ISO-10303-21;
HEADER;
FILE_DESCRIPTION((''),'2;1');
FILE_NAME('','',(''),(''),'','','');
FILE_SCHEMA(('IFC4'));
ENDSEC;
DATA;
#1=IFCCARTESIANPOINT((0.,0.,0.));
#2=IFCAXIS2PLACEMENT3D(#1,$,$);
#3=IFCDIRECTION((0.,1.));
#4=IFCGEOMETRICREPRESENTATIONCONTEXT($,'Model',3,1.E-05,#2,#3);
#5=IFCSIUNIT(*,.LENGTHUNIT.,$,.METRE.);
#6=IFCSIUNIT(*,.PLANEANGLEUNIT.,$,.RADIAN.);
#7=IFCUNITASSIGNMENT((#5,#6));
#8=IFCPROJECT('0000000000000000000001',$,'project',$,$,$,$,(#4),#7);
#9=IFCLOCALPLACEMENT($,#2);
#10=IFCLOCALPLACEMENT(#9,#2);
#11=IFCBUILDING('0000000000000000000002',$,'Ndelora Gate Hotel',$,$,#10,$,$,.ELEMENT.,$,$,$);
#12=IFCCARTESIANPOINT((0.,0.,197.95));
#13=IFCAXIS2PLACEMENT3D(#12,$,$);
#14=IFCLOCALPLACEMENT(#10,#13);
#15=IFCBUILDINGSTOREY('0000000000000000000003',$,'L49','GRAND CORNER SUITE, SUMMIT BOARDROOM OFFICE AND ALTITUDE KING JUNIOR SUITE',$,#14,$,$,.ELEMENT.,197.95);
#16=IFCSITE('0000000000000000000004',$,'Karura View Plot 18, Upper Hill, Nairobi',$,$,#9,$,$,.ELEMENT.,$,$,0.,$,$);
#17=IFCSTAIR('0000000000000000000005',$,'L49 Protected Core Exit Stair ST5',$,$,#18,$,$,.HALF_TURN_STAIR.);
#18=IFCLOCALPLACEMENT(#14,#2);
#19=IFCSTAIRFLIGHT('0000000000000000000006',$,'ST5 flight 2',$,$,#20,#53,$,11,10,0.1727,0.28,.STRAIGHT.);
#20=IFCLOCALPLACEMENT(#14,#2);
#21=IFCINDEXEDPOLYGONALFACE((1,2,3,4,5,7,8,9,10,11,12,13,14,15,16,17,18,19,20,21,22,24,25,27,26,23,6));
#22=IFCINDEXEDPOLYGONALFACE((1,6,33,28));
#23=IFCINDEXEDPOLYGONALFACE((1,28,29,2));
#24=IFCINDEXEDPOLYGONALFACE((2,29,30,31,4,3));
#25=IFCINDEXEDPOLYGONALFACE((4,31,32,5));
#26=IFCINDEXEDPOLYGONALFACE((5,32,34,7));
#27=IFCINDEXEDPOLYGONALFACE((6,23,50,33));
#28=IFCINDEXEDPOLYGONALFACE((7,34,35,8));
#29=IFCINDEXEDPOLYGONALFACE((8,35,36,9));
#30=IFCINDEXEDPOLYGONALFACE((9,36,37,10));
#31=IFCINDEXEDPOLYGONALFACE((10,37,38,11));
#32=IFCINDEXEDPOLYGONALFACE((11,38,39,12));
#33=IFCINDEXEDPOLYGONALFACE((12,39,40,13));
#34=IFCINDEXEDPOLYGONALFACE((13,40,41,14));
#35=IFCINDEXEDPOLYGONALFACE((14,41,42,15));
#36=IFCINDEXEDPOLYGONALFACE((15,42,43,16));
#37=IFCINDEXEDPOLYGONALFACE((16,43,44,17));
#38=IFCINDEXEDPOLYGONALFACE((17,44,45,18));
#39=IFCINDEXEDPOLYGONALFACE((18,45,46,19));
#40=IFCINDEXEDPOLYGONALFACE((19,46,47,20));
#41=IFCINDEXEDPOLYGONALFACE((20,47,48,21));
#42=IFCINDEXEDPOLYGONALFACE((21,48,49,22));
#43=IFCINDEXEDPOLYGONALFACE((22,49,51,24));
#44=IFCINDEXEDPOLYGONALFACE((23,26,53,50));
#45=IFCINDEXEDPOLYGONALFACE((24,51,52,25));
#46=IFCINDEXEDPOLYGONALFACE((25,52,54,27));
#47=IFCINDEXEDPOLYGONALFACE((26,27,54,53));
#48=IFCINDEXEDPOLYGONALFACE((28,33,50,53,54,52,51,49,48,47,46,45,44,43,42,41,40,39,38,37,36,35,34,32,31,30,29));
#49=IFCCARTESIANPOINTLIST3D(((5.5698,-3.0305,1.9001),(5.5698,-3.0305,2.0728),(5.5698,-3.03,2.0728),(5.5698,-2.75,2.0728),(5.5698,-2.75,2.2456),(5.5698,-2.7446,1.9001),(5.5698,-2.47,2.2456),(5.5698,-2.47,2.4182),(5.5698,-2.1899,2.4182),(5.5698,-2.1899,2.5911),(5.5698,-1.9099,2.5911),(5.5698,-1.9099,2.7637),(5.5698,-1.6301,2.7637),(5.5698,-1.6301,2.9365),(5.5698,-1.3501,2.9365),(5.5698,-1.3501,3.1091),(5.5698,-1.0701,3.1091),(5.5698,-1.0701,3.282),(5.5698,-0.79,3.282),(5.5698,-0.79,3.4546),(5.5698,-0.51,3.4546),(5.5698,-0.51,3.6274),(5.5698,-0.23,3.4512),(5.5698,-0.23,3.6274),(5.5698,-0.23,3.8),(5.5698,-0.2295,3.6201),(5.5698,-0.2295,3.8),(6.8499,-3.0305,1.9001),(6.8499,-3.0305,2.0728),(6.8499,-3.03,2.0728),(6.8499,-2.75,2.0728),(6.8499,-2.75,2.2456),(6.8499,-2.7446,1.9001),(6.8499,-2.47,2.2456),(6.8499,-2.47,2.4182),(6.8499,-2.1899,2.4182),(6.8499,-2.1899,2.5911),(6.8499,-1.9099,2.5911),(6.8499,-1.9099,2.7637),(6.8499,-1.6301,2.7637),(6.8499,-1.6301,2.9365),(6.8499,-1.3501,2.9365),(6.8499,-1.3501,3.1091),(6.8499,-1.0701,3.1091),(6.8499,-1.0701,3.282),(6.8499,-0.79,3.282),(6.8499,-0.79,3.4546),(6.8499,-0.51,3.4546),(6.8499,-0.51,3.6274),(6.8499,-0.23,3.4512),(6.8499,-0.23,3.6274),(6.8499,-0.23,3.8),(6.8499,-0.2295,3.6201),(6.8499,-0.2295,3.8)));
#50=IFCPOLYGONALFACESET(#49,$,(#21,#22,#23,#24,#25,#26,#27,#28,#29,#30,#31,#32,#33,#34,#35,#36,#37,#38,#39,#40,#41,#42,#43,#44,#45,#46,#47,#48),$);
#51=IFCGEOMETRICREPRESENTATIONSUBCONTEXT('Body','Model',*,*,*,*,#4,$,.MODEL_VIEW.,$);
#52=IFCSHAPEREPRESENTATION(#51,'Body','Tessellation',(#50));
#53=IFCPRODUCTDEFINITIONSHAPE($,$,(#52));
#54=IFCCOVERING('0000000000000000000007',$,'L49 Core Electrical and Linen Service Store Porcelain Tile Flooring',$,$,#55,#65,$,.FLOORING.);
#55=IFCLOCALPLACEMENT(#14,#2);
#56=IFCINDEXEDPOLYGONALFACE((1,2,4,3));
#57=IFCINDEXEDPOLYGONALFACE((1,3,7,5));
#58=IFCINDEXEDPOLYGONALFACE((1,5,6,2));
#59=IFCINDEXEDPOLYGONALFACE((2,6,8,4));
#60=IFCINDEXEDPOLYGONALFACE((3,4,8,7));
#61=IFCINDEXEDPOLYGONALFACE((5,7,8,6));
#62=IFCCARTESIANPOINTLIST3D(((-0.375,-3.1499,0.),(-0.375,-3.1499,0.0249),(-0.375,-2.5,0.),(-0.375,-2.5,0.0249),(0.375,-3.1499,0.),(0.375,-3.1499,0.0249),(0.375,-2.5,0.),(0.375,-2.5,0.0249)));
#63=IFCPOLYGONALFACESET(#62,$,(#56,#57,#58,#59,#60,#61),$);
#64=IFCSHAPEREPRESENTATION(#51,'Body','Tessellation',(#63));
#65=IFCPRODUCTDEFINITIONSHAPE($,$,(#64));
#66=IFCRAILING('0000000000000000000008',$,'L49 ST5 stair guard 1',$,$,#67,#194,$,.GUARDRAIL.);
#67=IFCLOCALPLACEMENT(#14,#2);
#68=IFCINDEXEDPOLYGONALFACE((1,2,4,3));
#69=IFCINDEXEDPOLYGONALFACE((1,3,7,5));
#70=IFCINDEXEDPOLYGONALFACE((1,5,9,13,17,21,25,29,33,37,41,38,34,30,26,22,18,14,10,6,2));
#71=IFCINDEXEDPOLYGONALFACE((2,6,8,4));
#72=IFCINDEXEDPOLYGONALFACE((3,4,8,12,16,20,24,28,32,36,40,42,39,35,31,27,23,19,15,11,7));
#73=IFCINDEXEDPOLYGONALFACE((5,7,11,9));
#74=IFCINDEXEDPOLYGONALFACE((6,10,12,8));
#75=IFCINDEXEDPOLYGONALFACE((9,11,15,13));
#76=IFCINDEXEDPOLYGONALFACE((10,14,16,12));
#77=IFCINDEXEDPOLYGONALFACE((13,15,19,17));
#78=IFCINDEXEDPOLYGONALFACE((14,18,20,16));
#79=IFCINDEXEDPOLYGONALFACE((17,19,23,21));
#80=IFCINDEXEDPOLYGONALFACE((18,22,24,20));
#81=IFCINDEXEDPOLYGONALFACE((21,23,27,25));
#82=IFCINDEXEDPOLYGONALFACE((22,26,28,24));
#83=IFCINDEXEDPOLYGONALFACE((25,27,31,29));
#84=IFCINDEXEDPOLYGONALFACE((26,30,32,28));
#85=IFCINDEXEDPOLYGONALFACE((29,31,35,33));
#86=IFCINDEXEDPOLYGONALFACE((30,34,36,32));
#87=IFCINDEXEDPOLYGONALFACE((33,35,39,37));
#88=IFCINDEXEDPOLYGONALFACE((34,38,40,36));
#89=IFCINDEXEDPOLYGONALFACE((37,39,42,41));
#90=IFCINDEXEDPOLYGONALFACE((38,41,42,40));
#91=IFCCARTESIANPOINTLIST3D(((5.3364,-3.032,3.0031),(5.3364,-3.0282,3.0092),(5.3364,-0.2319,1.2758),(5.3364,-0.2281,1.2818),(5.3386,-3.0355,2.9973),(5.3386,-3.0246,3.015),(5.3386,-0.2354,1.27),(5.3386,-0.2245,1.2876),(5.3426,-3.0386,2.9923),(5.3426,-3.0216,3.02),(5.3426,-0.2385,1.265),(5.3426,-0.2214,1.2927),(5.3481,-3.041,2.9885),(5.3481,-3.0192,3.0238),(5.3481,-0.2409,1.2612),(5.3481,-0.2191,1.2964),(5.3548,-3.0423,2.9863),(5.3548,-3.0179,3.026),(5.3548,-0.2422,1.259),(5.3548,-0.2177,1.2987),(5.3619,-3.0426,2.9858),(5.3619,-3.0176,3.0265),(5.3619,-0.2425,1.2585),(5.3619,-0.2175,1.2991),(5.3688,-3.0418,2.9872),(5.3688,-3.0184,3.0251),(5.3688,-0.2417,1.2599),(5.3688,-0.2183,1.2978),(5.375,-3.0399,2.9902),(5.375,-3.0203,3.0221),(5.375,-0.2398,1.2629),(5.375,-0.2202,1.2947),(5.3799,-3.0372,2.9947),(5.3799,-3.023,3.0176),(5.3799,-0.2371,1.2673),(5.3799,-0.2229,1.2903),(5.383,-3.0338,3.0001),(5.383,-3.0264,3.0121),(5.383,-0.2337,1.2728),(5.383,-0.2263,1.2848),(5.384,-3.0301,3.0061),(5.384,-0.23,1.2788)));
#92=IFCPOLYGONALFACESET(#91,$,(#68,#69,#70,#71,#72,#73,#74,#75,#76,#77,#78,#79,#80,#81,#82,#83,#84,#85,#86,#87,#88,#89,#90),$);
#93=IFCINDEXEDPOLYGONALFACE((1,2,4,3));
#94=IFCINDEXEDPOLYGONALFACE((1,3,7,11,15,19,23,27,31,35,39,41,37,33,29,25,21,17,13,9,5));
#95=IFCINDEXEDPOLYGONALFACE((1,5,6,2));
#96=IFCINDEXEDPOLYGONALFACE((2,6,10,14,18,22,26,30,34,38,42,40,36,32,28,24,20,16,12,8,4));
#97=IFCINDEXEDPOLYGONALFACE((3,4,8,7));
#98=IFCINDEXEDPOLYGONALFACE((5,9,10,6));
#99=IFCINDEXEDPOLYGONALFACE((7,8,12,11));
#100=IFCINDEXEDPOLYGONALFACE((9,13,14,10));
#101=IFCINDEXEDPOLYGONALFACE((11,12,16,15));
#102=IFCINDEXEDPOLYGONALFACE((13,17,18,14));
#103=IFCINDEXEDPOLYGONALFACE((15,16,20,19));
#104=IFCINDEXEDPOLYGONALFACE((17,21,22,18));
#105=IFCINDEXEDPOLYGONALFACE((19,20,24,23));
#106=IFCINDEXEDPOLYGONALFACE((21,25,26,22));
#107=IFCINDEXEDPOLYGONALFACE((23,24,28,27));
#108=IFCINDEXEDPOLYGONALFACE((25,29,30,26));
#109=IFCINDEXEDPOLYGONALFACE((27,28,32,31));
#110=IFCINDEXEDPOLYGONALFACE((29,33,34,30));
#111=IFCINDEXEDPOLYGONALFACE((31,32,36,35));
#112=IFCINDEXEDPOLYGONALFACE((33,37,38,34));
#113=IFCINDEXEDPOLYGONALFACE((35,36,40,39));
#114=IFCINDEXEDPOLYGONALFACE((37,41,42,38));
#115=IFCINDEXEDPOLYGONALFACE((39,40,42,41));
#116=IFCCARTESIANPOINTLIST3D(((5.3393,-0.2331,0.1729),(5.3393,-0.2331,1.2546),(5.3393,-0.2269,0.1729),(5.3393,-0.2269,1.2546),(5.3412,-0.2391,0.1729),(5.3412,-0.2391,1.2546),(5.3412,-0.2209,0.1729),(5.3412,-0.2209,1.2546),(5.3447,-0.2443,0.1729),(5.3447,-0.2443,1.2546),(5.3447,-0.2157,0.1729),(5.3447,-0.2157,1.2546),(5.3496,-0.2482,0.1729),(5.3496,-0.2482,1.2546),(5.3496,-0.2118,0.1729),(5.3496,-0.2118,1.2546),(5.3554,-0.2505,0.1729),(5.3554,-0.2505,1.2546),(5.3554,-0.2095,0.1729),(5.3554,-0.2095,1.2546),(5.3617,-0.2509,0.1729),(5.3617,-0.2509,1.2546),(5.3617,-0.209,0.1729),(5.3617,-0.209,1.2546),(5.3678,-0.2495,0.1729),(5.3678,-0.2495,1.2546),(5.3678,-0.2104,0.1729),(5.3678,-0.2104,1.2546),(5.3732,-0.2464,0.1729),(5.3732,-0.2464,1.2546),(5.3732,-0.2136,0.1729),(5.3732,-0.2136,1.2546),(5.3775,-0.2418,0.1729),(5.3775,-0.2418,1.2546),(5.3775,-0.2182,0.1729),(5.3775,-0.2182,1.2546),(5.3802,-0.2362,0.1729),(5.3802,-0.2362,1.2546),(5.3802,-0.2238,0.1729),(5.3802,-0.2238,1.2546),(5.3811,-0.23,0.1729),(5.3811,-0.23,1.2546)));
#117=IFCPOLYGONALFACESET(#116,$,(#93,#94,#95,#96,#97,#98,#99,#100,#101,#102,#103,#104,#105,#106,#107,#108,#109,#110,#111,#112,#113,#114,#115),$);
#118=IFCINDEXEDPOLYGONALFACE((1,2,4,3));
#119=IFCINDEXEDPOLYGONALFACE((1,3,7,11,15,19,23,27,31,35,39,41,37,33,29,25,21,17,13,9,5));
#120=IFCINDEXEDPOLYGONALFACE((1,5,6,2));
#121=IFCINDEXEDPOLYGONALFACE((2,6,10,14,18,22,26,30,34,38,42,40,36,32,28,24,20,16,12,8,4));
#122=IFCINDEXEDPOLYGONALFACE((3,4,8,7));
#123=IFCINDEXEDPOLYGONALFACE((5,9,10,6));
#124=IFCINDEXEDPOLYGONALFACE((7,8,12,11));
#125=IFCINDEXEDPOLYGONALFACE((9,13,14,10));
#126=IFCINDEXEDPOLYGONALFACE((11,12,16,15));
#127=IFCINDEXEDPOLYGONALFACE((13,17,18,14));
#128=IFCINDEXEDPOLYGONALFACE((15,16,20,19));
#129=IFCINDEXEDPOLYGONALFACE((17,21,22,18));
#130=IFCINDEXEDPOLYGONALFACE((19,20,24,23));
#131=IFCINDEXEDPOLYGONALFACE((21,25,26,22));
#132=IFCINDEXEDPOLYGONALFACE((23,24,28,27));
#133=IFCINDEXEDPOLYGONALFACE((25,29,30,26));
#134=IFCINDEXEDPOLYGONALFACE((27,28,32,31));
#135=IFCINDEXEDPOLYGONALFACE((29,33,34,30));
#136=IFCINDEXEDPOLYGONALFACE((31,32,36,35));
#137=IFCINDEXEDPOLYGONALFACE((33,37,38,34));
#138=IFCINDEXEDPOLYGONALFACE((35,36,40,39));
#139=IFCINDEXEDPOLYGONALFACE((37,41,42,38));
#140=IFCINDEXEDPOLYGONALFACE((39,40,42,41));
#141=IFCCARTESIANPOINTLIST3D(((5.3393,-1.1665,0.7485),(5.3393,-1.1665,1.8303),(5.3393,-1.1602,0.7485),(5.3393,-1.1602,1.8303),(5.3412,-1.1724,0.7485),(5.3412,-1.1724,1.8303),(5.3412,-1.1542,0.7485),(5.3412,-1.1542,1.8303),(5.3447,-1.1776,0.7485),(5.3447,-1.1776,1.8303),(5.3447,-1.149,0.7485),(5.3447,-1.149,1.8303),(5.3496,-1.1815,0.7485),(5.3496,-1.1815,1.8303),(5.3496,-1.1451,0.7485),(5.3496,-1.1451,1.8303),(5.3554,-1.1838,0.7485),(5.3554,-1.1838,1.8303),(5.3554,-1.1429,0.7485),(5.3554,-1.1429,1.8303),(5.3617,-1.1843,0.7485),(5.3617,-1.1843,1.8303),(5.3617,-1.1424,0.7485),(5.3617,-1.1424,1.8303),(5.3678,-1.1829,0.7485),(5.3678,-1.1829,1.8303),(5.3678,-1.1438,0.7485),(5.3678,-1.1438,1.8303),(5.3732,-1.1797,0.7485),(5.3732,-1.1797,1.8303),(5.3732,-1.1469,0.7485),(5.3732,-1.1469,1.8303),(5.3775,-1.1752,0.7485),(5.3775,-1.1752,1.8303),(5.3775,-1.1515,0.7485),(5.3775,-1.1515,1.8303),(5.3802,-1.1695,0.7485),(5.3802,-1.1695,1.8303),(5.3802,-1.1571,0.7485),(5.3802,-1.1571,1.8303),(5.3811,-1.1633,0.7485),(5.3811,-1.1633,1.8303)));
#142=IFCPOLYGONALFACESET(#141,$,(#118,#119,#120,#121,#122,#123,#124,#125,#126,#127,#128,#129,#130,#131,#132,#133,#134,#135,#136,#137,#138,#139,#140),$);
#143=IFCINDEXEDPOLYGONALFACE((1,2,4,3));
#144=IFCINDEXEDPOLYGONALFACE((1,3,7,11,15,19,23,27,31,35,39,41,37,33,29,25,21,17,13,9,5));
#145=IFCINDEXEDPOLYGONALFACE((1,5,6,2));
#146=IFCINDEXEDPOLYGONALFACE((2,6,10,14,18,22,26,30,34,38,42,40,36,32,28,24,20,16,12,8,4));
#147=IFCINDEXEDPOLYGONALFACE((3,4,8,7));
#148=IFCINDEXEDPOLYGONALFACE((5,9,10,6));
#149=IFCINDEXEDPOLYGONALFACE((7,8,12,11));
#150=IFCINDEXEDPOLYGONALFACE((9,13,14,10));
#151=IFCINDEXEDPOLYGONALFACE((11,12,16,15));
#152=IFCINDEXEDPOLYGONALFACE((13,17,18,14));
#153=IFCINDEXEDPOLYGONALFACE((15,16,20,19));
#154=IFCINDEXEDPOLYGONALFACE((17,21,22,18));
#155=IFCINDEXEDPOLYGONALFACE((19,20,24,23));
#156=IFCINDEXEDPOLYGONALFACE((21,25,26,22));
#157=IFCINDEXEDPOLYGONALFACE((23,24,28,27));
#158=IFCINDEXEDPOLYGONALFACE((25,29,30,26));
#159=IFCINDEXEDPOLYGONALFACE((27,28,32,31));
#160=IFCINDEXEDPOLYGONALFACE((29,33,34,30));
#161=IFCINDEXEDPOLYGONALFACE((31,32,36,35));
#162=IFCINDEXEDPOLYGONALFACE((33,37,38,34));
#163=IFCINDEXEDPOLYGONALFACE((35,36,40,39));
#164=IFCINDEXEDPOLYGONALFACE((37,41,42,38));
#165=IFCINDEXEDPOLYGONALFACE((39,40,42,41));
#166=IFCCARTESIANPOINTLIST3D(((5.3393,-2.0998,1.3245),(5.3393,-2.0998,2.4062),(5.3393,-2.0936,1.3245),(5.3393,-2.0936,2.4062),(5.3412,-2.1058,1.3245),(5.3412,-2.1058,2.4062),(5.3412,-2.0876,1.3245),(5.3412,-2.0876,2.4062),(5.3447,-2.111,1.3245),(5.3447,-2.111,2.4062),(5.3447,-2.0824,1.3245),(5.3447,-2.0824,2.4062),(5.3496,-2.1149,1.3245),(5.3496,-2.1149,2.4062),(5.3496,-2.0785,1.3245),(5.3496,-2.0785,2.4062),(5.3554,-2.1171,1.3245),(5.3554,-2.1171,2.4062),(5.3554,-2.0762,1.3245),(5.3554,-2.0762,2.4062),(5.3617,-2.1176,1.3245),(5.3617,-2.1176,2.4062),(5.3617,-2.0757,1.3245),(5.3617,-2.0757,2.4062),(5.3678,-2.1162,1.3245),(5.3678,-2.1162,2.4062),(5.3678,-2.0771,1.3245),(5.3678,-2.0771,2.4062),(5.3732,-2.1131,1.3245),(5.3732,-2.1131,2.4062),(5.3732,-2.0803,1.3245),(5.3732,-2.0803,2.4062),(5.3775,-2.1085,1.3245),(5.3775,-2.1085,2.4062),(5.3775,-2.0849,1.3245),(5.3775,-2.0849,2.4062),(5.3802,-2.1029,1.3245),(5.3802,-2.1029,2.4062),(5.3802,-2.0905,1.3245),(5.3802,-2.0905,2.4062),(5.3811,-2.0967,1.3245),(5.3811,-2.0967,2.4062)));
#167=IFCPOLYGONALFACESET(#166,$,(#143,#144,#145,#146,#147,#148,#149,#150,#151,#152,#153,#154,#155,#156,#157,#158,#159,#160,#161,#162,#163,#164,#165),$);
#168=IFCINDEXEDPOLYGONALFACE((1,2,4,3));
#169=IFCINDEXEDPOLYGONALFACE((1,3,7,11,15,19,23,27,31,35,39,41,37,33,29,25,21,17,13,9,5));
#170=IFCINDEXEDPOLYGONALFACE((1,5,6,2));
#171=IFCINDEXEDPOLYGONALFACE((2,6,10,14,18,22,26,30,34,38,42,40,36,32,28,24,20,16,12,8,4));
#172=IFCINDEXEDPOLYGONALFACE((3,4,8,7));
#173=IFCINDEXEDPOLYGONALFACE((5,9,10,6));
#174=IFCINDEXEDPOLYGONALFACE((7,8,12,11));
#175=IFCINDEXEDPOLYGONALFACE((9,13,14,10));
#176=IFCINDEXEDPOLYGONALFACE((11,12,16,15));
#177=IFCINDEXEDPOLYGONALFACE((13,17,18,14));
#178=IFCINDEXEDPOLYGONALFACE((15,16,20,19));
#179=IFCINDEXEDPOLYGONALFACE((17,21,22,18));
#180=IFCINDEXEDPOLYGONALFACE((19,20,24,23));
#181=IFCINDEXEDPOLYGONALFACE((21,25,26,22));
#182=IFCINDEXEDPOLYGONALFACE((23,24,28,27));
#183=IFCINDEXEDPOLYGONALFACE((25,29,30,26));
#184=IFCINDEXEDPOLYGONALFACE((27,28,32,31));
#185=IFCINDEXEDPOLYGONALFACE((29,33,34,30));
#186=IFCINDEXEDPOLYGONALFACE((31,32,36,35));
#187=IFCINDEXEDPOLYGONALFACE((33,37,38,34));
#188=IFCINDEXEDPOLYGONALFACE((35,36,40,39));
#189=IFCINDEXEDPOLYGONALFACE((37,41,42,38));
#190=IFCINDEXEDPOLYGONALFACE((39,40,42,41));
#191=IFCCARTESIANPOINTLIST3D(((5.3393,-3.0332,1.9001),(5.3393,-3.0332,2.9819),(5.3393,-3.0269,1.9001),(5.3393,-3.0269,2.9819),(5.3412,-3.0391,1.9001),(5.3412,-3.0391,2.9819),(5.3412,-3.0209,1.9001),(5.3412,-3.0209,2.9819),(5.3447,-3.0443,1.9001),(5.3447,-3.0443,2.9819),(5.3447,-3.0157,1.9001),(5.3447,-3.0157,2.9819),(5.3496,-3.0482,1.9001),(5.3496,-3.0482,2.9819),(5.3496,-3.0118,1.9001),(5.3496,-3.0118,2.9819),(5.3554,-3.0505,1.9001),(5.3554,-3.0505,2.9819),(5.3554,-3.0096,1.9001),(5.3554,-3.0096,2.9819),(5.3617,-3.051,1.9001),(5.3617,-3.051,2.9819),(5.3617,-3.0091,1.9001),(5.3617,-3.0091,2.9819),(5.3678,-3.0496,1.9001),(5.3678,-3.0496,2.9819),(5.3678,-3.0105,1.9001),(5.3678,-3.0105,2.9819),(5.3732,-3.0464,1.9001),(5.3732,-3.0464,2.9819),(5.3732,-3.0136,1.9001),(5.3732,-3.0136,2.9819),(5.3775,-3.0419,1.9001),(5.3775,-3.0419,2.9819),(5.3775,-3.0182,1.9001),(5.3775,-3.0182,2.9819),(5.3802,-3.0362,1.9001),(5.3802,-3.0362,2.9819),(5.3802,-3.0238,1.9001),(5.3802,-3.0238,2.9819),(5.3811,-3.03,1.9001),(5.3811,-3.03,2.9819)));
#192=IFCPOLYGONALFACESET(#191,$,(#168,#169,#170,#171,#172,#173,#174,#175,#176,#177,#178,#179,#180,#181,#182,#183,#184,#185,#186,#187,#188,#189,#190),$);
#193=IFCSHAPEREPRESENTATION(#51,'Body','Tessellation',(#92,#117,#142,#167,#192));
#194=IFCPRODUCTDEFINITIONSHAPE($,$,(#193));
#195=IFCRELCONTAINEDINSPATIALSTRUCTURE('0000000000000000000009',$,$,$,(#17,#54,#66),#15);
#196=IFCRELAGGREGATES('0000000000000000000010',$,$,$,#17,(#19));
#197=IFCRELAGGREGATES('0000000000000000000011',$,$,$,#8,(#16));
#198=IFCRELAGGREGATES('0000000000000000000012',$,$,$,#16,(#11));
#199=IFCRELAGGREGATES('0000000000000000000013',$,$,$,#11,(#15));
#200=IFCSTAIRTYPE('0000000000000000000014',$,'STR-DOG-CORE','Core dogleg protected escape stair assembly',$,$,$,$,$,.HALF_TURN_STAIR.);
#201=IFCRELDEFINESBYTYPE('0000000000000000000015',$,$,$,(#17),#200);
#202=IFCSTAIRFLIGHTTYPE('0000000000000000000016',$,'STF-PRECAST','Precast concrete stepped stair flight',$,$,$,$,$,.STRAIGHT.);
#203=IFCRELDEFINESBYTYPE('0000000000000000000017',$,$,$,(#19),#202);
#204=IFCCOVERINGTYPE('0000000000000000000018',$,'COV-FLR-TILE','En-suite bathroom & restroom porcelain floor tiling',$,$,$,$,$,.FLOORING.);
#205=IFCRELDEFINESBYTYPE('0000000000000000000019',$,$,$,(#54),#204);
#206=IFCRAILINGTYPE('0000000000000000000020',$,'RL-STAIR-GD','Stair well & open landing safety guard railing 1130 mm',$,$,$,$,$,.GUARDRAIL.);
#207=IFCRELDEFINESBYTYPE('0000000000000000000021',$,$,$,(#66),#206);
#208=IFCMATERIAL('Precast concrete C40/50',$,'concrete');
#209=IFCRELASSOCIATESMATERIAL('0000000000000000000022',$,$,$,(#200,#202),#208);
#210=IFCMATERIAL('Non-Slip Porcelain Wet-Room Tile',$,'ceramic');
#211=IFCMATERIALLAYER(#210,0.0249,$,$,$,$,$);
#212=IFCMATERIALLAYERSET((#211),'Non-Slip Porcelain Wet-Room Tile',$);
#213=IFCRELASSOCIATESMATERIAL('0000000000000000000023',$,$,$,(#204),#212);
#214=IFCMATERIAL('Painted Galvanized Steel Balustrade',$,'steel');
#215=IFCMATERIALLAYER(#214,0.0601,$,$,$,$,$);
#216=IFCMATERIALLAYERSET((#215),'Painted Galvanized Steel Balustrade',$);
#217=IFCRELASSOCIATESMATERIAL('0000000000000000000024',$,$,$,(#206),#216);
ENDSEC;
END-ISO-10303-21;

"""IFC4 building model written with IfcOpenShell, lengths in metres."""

from ifc_helpers import new_model, si_unit, direction, frame, origin, origin_2d, place, context, subcontext, project, spatial, polyline, rectangle, circle, outline, extrude, material, layer, layer_set, type_object, element, aggregate, save


model = new_model("IFC4")

# Units and contexts
model_context = context("Model", 3, precision=1e-05, world=origin(), true_north=direction((0.0, 1.0)))
body_context = subcontext(model_context, "Body", "Model", "MODEL_VIEW")
ifc_project = project(units=[si_unit("LENGTHUNIT", "METRE"), si_unit("PLANEANGLEUNIT", "RADIAN")], contexts=[model_context])

# Site, building, storey
site_placement = place(None, origin())
site = spatial("IfcSite", under=ifc_project, at=site_placement, Name="Karura View Plot 18, Upper Hill, Nairobi", CompositionType="ELEMENT", RefElevation=0.0)
building_placement = place(site_placement, origin())
building = spatial("IfcBuilding", under=site, at=building_placement, Name="Ndelora Gate Hotel", CompositionType="ELEMENT")
storey_placement = place(building_placement, frame((0.0, 0.0, 197.95)))
storey = spatial("IfcBuildingStorey", under=building, at=storey_placement, Name="L49", Description="GRAND CORNER SUITE, SUMMIT BOARDROOM OFFICE AND ALTITUDE KING JUNIOR SUITE", CompositionType="ELEMENT", Elevation=197.95)

# Stair, stair flight
ifc_material_1 = material(Name="Precast concrete C40/50", Category="concrete")
stair_type = type_object("IfcStairType", Name="STR-DOG-CORE", Description="Core dogleg protected escape stair assembly", PredefinedType="HALF_TURN_STAIR", material=ifc_material_1)
stair_placement = place(storey_placement, origin())
stair = element("IfcStair", 1, at=stair_placement, inside=storey, type_object=stair_type, Name="L49 Protected Core Exit Stair ST5", PredefinedType="HALF_TURN_STAIR")
stair_flight_type = type_object("IfcStairFlightType", Name="STF-PRECAST", Description="Precast concrete stepped stair flight", PredefinedType="STRAIGHT", material=ifc_material_1)
stair_flight_1_placement = place(storey_placement, frame((6.21, -3.03, 1.9001), z_axis=(0.0, 0.0, 1.0), x_axis=(0.0, 1.0, 0.0)))
stair_flight_1 = element("IfcStairFlight", 2, at=stair_flight_1_placement, type_object=stair_flight_type, Name="ST5 flight 2", NumberOfRisers=11, NumberOfTreads=10, PredefinedType="STRAIGHT", RiserHeight=0.1727, TreadLength=0.28, context=body_context, shape_type="SweptSolid", body=[
    extrude(outline(polyline([(-0.0005, 0.0), (-0.0005, 0.1726), (0.0, 0.1726), (0.28, 0.1726), (0.28, 0.3455), (0.5601, 0.3455), (0.5601, 0.5181), (0.8401, 0.5181), (0.8401, 0.6909), (1.1201, 0.6909), (1.1201, 0.8635), (1.3999, 0.8635), (1.3999, 1.0364), (1.6799, 1.0364), (1.6799, 1.209), (1.96, 1.209), (1.96, 1.3818), (2.24, 1.3818), (2.24, 1.5544), (2.52, 1.5544), (2.52, 1.7273), (2.8, 1.7273), (2.8, 1.8999), (2.8005, 1.8999), (2.8005, 1.72), (2.8, 1.551), (0.2854, 0.0), (-0.0005, 0.0)])), frame((0.0, 0.6401, 0.0), z_axis=(0.0, -1.0, 0.0), x_axis=(1.0, 0.0, 0.0)), (0.0, 0.0, 1.0), 1.28),
])
aggregate(stair, [stair_flight_1])

# Covering
ifc_material_2 = material(Name="Non-Slip Porcelain Wet-Room Tile", Category="ceramic")
ifc_layer_1 = layer(ifc_material_2, 0.0249)
ifc_layer_set_1 = layer_set([ifc_layer_1], Name="Non-Slip Porcelain Wet-Room Tile")
covering_type = type_object("IfcCoveringType", Name="COV-FLR-TILE", Description="En-suite bathroom & restroom porcelain floor tiling", PredefinedType="FLOORING", material=ifc_layer_set_1)
covering_placement = place(storey_placement, frame((0.0, -2.825, 0.0), z_axis=(0.0, 0.0, 1.0), x_axis=(1.0, 0.0, 0.0)))
element("IfcCovering", 3, at=covering_placement, inside=storey, type_object=covering_type, Name="L49 Core Electrical and Linen Service Store Porcelain Tile Flooring", PredefinedType="FLOORING", context=body_context, shape_type="SweptSolid", body=[
    extrude(rectangle(XDim=0.75, YDim=0.6499, at=origin_2d()), origin(), (0.0, 0.0, 1.0), 0.0249),
])

# Railing
ifc_material_3 = material(Name="Painted Galvanized Steel Balustrade", Category="steel")
ifc_layer_2 = layer(ifc_material_3, 0.0601)
ifc_layer_set_2 = layer_set([ifc_layer_2], Name="Painted Galvanized Steel Balustrade")
railing_type_1 = type_object("IfcRailingType", Name="RL-STAIR-GD", Description="Stair well & open landing safety guard railing 1130 mm", PredefinedType="GUARDRAIL", material=ifc_layer_set_2)
railing_1_placement = place(storey_placement, frame((5.3601, -0.23, 0.1729)))
element("IfcRailing", 4, at=railing_1_placement, inside=storey, type_object=railing_type_1, Name="L49 ST5 stair guard 1", PredefinedType="GUARDRAIL", context=body_context, shape_type="SweptSolid", body=[
    extrude(circle(Radius=0.0239, at=origin_2d()), frame((0.0, 0.0, 1.106), z_axis=(0.0, -0.85109, 0.52502), x_axis=(1.0, 0.0, 0.0)), (0.0, 0.0, 1.0), 3.29),
    extrude(circle(Radius=0.021, at=origin_2d()), origin(), (0.0, 0.0, 1.0), 1.0818),
    extrude(circle(Radius=0.021, at=origin_2d()), frame((0.0, -0.9333, 0.5757)), (0.0, 0.0, 1.0), 1.0818),
    extrude(circle(Radius=0.021, at=origin_2d()), frame((0.0, -1.8667, 1.1516)), (0.0, 0.0, 1.0), 1.0818),
    extrude(circle(Radius=0.021, at=origin_2d()), frame((0.0, -2.8, 1.7273)), (0.0, 0.0, 1.0), 1.0818),
])

save(model, "model.ifc")
